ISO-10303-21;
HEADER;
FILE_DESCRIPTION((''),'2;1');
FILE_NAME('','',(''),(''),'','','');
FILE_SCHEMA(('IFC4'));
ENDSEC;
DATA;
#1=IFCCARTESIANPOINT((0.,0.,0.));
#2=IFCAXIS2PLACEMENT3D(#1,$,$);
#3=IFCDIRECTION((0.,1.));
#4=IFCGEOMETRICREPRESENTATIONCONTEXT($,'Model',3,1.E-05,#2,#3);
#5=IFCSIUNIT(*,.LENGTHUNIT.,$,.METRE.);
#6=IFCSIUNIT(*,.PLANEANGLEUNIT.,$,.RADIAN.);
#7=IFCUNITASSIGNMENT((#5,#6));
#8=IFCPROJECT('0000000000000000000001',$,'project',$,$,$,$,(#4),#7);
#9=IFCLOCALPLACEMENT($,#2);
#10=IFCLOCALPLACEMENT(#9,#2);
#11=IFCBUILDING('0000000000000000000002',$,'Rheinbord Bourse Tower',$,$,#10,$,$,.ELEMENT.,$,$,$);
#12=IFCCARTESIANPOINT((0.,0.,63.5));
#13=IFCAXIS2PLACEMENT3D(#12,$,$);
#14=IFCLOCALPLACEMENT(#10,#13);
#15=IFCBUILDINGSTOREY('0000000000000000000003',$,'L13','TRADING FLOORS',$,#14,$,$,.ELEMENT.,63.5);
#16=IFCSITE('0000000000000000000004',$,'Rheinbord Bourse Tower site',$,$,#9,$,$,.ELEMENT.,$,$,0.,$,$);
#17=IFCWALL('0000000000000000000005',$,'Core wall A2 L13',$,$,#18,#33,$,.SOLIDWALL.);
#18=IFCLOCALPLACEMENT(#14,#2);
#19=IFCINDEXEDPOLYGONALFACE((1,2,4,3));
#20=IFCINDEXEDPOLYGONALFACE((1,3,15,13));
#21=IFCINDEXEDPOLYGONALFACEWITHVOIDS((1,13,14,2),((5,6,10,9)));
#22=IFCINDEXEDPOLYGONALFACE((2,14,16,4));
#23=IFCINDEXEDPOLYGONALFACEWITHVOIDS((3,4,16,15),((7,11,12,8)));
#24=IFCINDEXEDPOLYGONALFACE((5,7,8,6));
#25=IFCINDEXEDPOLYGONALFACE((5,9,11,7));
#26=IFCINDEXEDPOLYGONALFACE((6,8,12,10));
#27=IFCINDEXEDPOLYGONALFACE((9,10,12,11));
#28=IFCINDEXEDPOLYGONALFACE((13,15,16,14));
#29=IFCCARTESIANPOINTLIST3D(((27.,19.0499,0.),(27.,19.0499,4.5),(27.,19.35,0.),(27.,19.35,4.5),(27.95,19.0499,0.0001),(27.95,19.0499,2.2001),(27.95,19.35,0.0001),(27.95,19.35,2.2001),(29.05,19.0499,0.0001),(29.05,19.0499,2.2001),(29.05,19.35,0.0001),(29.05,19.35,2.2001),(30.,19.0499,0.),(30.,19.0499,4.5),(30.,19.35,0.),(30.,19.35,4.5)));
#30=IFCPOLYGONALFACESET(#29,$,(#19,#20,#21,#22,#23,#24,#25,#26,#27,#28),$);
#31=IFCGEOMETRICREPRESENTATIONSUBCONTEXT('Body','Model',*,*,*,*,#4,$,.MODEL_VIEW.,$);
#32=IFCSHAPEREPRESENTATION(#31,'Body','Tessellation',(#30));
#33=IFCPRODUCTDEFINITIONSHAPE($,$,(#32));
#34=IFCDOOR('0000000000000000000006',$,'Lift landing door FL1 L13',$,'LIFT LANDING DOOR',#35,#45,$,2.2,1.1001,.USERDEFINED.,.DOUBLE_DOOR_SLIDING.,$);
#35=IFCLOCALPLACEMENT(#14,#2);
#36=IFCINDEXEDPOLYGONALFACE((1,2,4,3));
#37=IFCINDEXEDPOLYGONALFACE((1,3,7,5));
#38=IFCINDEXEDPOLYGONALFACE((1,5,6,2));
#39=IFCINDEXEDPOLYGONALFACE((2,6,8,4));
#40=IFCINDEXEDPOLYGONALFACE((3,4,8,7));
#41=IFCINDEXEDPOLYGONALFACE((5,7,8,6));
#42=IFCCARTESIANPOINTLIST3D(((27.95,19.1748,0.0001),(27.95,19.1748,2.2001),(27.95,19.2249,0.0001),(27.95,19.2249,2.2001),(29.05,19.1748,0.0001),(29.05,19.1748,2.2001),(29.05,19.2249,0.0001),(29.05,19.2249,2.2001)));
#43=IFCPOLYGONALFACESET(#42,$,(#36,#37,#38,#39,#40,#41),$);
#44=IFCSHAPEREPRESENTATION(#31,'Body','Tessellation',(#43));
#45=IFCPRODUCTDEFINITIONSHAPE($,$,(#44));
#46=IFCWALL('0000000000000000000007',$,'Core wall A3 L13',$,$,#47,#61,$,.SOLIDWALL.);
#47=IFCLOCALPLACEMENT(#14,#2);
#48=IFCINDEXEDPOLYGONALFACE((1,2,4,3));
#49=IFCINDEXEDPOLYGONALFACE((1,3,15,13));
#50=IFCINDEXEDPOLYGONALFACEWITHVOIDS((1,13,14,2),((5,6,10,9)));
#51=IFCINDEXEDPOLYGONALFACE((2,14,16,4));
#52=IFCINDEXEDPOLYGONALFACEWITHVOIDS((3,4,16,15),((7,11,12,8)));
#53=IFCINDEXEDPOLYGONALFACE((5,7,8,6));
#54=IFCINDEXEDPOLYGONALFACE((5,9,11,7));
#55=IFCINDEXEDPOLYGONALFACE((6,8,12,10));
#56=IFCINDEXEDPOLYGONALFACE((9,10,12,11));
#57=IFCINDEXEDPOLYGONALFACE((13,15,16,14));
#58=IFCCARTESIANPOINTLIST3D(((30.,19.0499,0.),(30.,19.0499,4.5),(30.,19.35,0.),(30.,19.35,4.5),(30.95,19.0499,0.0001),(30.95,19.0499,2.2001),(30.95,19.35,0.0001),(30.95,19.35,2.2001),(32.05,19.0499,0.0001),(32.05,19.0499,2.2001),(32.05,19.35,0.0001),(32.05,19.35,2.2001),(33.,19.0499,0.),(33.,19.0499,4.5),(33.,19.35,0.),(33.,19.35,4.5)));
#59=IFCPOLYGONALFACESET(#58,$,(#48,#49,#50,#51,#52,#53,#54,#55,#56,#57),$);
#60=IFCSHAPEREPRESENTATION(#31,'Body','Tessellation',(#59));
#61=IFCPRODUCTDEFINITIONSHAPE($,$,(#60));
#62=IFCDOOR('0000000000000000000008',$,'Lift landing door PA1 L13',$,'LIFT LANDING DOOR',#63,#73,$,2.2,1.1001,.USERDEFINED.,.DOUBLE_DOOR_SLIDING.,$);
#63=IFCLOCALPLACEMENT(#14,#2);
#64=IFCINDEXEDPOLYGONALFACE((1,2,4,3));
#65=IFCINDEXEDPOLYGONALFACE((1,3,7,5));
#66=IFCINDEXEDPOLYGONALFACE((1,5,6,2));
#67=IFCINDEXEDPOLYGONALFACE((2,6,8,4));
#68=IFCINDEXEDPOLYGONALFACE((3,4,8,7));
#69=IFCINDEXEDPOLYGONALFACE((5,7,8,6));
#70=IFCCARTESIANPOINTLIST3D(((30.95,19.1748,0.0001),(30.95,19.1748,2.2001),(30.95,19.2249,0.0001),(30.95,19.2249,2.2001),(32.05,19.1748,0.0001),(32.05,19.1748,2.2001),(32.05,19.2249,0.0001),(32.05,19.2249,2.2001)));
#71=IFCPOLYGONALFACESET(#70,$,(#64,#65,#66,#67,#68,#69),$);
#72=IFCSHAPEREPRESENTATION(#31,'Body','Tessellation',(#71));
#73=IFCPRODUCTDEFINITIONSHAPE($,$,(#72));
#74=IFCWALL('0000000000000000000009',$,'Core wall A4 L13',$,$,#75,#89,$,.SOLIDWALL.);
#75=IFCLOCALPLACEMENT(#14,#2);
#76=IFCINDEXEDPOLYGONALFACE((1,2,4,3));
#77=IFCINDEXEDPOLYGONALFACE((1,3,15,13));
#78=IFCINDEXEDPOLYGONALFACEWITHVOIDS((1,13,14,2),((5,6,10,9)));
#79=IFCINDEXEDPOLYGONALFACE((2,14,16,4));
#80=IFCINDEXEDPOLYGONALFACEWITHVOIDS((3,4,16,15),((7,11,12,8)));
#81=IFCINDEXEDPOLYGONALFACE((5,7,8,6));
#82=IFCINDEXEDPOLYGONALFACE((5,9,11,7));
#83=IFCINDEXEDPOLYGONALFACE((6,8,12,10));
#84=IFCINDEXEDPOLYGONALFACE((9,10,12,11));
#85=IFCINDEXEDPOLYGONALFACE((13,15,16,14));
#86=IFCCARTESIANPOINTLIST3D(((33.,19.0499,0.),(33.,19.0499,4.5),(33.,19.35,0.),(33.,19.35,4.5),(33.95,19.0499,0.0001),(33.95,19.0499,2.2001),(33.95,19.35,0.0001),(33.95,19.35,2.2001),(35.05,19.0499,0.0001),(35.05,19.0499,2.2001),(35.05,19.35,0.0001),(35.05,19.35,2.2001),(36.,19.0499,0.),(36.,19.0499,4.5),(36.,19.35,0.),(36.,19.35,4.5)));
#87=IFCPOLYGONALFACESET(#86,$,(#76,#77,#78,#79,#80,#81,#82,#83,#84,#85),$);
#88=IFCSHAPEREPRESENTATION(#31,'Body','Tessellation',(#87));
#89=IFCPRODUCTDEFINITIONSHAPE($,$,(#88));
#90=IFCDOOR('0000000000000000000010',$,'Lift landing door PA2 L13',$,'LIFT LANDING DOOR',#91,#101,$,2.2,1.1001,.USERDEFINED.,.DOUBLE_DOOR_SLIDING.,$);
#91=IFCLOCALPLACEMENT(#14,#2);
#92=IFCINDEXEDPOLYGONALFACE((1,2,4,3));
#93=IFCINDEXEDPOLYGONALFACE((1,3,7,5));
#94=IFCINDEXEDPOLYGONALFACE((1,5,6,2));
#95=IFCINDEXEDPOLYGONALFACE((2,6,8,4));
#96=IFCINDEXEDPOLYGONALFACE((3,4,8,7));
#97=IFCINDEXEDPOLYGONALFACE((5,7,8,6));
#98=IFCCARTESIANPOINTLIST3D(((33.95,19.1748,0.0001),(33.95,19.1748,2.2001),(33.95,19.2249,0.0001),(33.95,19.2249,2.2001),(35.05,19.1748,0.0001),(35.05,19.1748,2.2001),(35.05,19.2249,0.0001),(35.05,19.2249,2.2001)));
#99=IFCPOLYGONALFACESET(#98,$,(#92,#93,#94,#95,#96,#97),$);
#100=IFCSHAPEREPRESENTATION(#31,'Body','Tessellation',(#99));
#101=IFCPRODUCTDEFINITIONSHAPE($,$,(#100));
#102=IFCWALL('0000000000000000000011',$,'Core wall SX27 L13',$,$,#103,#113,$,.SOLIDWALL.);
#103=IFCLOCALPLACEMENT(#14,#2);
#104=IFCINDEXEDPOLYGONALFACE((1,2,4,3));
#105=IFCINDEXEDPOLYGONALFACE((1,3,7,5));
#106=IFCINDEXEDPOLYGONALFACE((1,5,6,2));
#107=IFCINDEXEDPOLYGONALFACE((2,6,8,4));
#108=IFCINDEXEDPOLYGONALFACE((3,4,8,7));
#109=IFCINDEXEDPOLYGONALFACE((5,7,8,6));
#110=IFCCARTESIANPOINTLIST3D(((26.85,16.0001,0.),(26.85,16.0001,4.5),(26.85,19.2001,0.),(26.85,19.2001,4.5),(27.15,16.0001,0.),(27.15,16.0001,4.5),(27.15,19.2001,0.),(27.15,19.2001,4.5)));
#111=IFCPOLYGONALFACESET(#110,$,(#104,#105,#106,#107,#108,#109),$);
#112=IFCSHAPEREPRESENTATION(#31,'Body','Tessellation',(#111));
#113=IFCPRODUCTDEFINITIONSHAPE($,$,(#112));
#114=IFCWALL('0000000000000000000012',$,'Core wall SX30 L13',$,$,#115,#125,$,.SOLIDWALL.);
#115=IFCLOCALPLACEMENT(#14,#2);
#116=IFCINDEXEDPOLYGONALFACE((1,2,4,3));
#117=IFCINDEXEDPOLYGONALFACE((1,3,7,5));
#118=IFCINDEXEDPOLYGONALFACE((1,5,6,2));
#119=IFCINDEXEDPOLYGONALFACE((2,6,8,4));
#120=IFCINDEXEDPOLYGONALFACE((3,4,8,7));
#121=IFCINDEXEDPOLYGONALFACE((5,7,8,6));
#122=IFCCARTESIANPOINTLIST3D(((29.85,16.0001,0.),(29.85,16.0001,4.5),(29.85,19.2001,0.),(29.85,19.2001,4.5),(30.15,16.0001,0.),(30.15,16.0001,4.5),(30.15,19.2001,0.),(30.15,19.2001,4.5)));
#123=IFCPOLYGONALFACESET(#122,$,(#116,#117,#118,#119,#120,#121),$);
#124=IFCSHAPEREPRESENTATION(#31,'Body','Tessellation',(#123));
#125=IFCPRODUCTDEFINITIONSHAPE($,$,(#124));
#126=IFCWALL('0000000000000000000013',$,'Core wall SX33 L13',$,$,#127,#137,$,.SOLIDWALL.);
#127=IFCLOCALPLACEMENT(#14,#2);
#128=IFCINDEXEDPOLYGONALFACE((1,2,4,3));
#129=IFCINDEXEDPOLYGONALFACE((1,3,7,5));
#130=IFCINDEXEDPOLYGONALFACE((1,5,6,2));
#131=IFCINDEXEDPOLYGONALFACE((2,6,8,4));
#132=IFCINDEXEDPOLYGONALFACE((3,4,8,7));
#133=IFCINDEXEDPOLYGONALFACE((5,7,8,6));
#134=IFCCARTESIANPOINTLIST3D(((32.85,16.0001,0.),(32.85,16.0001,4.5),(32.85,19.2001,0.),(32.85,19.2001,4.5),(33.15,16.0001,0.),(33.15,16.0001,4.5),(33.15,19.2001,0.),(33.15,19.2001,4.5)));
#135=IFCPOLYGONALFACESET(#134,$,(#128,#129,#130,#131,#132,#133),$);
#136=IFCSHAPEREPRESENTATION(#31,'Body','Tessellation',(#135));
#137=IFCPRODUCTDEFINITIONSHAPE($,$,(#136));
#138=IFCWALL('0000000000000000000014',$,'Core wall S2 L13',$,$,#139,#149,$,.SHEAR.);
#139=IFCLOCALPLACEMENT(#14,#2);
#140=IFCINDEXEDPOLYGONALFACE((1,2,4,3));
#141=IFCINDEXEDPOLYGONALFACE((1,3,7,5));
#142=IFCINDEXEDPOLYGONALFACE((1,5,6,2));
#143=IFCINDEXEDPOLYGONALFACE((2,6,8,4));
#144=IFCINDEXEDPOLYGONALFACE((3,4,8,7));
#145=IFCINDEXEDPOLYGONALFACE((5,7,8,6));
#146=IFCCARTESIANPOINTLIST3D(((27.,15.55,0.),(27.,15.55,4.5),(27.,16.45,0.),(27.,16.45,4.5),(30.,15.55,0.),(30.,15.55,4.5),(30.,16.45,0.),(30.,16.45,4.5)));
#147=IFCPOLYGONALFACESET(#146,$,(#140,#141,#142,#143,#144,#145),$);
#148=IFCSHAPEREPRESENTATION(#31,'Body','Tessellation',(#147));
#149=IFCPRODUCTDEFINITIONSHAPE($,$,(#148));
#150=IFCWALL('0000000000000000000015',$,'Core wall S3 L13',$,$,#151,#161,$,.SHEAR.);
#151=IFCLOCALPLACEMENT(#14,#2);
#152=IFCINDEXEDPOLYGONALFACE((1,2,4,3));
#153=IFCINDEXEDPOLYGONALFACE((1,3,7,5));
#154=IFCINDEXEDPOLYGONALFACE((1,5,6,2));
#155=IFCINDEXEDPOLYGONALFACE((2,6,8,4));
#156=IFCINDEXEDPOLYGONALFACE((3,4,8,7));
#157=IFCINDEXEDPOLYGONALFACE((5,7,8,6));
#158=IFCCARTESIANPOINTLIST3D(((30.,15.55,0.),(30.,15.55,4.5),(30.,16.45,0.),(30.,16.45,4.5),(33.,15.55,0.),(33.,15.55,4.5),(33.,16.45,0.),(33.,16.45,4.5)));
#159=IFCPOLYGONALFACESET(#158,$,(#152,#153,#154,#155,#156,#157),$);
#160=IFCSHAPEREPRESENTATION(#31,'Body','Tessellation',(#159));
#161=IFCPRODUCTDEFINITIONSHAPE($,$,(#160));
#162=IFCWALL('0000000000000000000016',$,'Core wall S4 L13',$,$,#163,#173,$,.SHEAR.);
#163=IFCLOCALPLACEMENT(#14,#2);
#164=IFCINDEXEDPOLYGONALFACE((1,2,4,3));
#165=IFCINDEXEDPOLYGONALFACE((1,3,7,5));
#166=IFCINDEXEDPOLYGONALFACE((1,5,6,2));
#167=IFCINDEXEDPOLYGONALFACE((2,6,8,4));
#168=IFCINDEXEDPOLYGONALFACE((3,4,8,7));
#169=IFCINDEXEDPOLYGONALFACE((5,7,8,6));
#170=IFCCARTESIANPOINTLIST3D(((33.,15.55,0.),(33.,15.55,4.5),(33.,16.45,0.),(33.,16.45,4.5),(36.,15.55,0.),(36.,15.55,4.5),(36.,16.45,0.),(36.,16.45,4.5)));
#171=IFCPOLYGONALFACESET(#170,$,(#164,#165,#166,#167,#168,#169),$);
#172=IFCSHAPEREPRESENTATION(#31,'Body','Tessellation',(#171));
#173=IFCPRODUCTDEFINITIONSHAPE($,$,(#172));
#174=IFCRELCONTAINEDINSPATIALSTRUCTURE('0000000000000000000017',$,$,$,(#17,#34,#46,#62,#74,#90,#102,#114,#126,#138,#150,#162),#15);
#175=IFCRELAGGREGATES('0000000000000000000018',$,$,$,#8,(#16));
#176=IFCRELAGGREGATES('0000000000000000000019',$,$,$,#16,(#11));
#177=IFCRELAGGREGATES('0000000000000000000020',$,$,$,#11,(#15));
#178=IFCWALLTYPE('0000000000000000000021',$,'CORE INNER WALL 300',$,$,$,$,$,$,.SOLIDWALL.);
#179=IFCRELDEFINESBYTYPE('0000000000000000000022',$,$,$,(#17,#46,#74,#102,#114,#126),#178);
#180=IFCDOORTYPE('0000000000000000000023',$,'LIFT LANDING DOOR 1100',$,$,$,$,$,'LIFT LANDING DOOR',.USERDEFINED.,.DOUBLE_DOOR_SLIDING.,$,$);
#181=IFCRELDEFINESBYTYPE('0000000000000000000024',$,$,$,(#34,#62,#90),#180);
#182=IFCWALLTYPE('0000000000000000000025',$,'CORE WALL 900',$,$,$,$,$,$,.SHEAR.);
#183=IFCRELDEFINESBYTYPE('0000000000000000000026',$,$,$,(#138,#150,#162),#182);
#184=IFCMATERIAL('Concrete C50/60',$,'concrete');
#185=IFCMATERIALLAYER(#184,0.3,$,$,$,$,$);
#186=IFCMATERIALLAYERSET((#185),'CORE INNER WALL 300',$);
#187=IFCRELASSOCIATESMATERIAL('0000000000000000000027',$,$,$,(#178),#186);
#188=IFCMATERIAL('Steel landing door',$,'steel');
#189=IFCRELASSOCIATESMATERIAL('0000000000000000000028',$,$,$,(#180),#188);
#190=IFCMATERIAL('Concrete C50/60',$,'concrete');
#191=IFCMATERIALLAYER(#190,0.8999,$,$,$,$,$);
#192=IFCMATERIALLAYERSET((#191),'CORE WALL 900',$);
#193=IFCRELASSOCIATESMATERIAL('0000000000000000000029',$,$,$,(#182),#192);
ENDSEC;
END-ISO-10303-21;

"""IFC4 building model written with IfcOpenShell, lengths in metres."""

from ifc_helpers import new_model, si_unit, direction, frame, frame_2d, origin, place, context, subcontext, project, spatial, rectangle, extrude, material, layer, layer_set, type_object, element, fill, save


model = new_model("IFC4")

# Units and contexts
model_context = context("Model", 3, precision=1e-05, world=origin(), true_north=direction((0.0, 1.0)))
body_context = subcontext(model_context, "Body", "Model", "MODEL_VIEW")
ifc_project = project(units=[si_unit("LENGTHUNIT", "METRE"), si_unit("PLANEANGLEUNIT", "RADIAN")], contexts=[model_context])

# Site, building, storey
site_placement = place(None, origin())
site = spatial("IfcSite", under=ifc_project, at=site_placement, Name="Rheinbord Bourse Tower site", CompositionType="ELEMENT", RefElevation=0.0)
building_placement = place(site_placement, origin())
building = spatial("IfcBuilding", under=site, at=building_placement, Name="Rheinbord Bourse Tower", CompositionType="ELEMENT")
storey_placement = place(building_placement, frame((0.0, 0.0, 63.5)))
storey = spatial("IfcBuildingStorey", under=building, at=storey_placement, Name="L13", Description="TRADING FLOORS", CompositionType="ELEMENT", Elevation=63.5)

# Walls, openings, doors
ifc_material_1 = material(Name="Concrete C50/60", Category="concrete")
ifc_layer_1 = layer(ifc_material_1, 0.3)
ifc_layer_set_1 = layer_set([ifc_layer_1], Name="CORE INNER WALL 300")
wall_type_1 = type_object("IfcWallType", Name="CORE INNER WALL 300", PredefinedType="SOLIDWALL", material=ifc_layer_set_1)
wall_1_placement = place(storey_placement, frame((27.0, 19.2, 0.0), z_axis=(0.0, 0.0, 1.0), x_axis=(1.0, 0.0, 0.0)))
wall_1 = element("IfcWall", 1, at=wall_1_placement, inside=storey, type_object=wall_type_1, Name="Core wall A2 L13", PredefinedType="SOLIDWALL", context=body_context, shape_type="SweptSolid", body=[
    extrude(rectangle(XDim=3.0, YDim=0.3, at=frame_2d((1.5, 0.0))), origin(), (0.0, 0.0, 1.0), 4.5),
])
opening_1_placement = place(wall_1_placement, frame((0.95, 0.0, 0.0)))
opening_1 = element("IfcOpeningElement", 2, at=opening_1_placement, cuts=wall_1, PredefinedType="OPENING", context=body_context, shape_type="SweptSolid", body=[
    extrude(rectangle(XDim=1.1001, YDim=2.2, at=frame_2d((0.55, 1.1001))), frame((0.0, 0.1599, 0.0), z_axis=(0.0, -1.0, 0.0), x_axis=(1.0, 0.0, 0.0)), (0.0, 0.0, 1.0), 0.3201),
])
ifc_material_2 = material(Name="Steel landing door", Category="steel")
door_type_1 = type_object("IfcDoorType", Name="LIFT LANDING DOOR 1100", ElementType="LIFT LANDING DOOR", OperationType="DOUBLE_DOOR_SLIDING", PredefinedType="USERDEFINED", material=ifc_material_2)
door_1_placement = place(opening_1_placement, origin())
door_1 = element("IfcDoor", 3, at=door_1_placement, inside=storey, type_object=door_type_1, Name="Lift landing door FL1 L13", ObjectType="LIFT LANDING DOOR", OperationType="DOUBLE_DOOR_SLIDING", OverallHeight=2.2, OverallWidth=1.1001, PredefinedType="USERDEFINED", context=body_context, shape_type="SweptSolid", body=[
    extrude(rectangle(XDim=1.1001, YDim=2.2, at=frame_2d((0.55, 1.1001))), frame((0.0, 0.0249, 0.0), z_axis=(0.0, -1.0, 0.0), x_axis=(1.0, 0.0, 0.0)), (0.0, 0.0, 1.0), 0.05),
])
fill(opening_1, door_1)
wall_2_placement = place(storey_placement, frame((30.0, 19.2, 0.0), z_axis=(0.0, 0.0, 1.0), x_axis=(1.0, 0.0, 0.0)))
wall_2 = element("IfcWall", 4, at=wall_2_placement, inside=storey, type_object=wall_type_1, Name="Core wall A3 L13", PredefinedType="SOLIDWALL", context=body_context, shape_type="SweptSolid", body=[
    extrude(rectangle(XDim=3.0, YDim=0.3, at=frame_2d((1.5, 0.0))), origin(), (0.0, 0.0, 1.0), 4.5),
])
opening_2_placement = place(wall_2_placement, frame((0.95, 0.0, 0.0)))
opening_2 = element("IfcOpeningElement", 5, at=opening_2_placement, cuts=wall_2, PredefinedType="OPENING", context=body_context, shape_type="SweptSolid", body=[
    extrude(rectangle(XDim=1.1001, YDim=2.2, at=frame_2d((0.55, 1.1001))), frame((0.0, 0.1599, 0.0), z_axis=(0.0, -1.0, 0.0), x_axis=(1.0, 0.0, 0.0)), (0.0, 0.0, 1.0), 0.3201),
])
door_2_placement = place(opening_2_placement, origin())
door_2 = element("IfcDoor", 6, at=door_2_placement, inside=storey, type_object=door_type_1, Name="Lift landing door PA1 L13", ObjectType="LIFT LANDING DOOR", OperationType="DOUBLE_DOOR_SLIDING", OverallHeight=2.2, OverallWidth=1.1001, PredefinedType="USERDEFINED", context=body_context, shape_type="SweptSolid", body=[
    extrude(rectangle(XDim=1.1001, YDim=2.2, at=frame_2d((0.55, 1.1001))), frame((0.0, 0.0249, 0.0), z_axis=(0.0, -1.0, 0.0), x_axis=(1.0, 0.0, 0.0)), (0.0, 0.0, 1.0), 0.05),
])
fill(opening_2, door_2)
wall_3_placement = place(storey_placement, frame((33.0, 19.2, 0.0), z_axis=(0.0, 0.0, 1.0), x_axis=(1.0, 0.0, 0.0)))
wall_3 = element("IfcWall", 7, at=wall_3_placement, inside=storey, type_object=wall_type_1, Name="Core wall A4 L13", PredefinedType="SOLIDWALL", context=body_context, shape_type="SweptSolid", body=[
    extrude(rectangle(XDim=3.0, YDim=0.3, at=frame_2d((1.5, 0.0))), origin(), (0.0, 0.0, 1.0), 4.5),
])
opening_3_placement = place(wall_3_placement, frame((0.95, 0.0, 0.0)))
opening_3 = element("IfcOpeningElement", 8, at=opening_3_placement, cuts=wall_3, PredefinedType="OPENING", context=body_context, shape_type="SweptSolid", body=[
    extrude(rectangle(XDim=1.1001, YDim=2.2, at=frame_2d((0.55, 1.1001))), frame((0.0, 0.1599, 0.0), z_axis=(0.0, -1.0, 0.0), x_axis=(1.0, 0.0, 0.0)), (0.0, 0.0, 1.0), 0.3201),
])
door_3_placement = place(opening_3_placement, origin())
door_3 = element("IfcDoor", 9, at=door_3_placement, inside=storey, type_object=door_type_1, Name="Lift landing door PA2 L13", ObjectType="LIFT LANDING DOOR", OperationType="DOUBLE_DOOR_SLIDING", OverallHeight=2.2, OverallWidth=1.1001, PredefinedType="USERDEFINED", context=body_context, shape_type="SweptSolid", body=[
    extrude(rectangle(XDim=1.1001, YDim=2.2, at=frame_2d((0.55, 1.1001))), frame((0.0, 0.0249, 0.0), z_axis=(0.0, -1.0, 0.0), x_axis=(1.0, 0.0, 0.0)), (0.0, 0.0, 1.0), 0.05),
])
fill(opening_3, door_3)

# Walls
for number, where, z_axis, x_axis, name in (
    (10, (27.0, 16.0, 0.0), (0.0, 0.0, 1.0), (0.0, 1.0, 0.0), "Core wall SX27 L13"),
    (11, (30.0, 16.0, 0.0), (0.0, 0.0, 1.0), (0.0, 1.0, 0.0), "Core wall SX30 L13"),
    (12, (33.0, 16.0, 0.0), (0.0, 0.0, 1.0), (0.0, 1.0, 0.0), "Core wall SX33 L13"),
):
    element("IfcWall", number, at=place(storey_placement, frame(where, z_axis=z_axis, x_axis=x_axis)), inside=storey, type_object=wall_type_1, Name=name, PredefinedType="SOLIDWALL", context=body_context, shape_type="SweptSolid", body=[
        extrude(rectangle(XDim=3.2, YDim=0.3, at=frame_2d((1.6001, 0.0))), origin(), (0.0, 0.0, 1.0), 4.5),
    ])
ifc_material_3 = material(Name="Concrete C50/60", Category="concrete")
ifc_layer_2 = layer(ifc_material_3, 0.8999)
ifc_layer_set_2 = layer_set([ifc_layer_2], Name="CORE WALL 900")
wall_type_2 = type_object("IfcWallType", Name="CORE WALL 900", PredefinedType="SHEAR", material=ifc_layer_set_2)
for number, where, z_axis, x_axis, name in (
    (13, (27.0, 16.0, 0.0), (0.0, 0.0, 1.0), (1.0, 0.0, 0.0), "Core wall S2 L13"),
    (14, (30.0, 16.0, 0.0), (0.0, 0.0, 1.0), (1.0, 0.0, 0.0), "Core wall S3 L13"),
    (15, (33.0, 16.0, 0.0), (0.0, 0.0, 1.0), (1.0, 0.0, 0.0), "Core wall S4 L13"),
):
    element("IfcWall", number, at=place(storey_placement, frame(where, z_axis=z_axis, x_axis=x_axis)), inside=storey, type_object=wall_type_2, Name=name, PredefinedType="SHEAR", context=body_context, shape_type="SweptSolid", body=[
        extrude(rectangle(XDim=3.0, YDim=0.8999, at=frame_2d((1.5, 0.0))), origin(), (0.0, 0.0, 1.0), 4.5),
    ])

save(model, "model.ifc")
